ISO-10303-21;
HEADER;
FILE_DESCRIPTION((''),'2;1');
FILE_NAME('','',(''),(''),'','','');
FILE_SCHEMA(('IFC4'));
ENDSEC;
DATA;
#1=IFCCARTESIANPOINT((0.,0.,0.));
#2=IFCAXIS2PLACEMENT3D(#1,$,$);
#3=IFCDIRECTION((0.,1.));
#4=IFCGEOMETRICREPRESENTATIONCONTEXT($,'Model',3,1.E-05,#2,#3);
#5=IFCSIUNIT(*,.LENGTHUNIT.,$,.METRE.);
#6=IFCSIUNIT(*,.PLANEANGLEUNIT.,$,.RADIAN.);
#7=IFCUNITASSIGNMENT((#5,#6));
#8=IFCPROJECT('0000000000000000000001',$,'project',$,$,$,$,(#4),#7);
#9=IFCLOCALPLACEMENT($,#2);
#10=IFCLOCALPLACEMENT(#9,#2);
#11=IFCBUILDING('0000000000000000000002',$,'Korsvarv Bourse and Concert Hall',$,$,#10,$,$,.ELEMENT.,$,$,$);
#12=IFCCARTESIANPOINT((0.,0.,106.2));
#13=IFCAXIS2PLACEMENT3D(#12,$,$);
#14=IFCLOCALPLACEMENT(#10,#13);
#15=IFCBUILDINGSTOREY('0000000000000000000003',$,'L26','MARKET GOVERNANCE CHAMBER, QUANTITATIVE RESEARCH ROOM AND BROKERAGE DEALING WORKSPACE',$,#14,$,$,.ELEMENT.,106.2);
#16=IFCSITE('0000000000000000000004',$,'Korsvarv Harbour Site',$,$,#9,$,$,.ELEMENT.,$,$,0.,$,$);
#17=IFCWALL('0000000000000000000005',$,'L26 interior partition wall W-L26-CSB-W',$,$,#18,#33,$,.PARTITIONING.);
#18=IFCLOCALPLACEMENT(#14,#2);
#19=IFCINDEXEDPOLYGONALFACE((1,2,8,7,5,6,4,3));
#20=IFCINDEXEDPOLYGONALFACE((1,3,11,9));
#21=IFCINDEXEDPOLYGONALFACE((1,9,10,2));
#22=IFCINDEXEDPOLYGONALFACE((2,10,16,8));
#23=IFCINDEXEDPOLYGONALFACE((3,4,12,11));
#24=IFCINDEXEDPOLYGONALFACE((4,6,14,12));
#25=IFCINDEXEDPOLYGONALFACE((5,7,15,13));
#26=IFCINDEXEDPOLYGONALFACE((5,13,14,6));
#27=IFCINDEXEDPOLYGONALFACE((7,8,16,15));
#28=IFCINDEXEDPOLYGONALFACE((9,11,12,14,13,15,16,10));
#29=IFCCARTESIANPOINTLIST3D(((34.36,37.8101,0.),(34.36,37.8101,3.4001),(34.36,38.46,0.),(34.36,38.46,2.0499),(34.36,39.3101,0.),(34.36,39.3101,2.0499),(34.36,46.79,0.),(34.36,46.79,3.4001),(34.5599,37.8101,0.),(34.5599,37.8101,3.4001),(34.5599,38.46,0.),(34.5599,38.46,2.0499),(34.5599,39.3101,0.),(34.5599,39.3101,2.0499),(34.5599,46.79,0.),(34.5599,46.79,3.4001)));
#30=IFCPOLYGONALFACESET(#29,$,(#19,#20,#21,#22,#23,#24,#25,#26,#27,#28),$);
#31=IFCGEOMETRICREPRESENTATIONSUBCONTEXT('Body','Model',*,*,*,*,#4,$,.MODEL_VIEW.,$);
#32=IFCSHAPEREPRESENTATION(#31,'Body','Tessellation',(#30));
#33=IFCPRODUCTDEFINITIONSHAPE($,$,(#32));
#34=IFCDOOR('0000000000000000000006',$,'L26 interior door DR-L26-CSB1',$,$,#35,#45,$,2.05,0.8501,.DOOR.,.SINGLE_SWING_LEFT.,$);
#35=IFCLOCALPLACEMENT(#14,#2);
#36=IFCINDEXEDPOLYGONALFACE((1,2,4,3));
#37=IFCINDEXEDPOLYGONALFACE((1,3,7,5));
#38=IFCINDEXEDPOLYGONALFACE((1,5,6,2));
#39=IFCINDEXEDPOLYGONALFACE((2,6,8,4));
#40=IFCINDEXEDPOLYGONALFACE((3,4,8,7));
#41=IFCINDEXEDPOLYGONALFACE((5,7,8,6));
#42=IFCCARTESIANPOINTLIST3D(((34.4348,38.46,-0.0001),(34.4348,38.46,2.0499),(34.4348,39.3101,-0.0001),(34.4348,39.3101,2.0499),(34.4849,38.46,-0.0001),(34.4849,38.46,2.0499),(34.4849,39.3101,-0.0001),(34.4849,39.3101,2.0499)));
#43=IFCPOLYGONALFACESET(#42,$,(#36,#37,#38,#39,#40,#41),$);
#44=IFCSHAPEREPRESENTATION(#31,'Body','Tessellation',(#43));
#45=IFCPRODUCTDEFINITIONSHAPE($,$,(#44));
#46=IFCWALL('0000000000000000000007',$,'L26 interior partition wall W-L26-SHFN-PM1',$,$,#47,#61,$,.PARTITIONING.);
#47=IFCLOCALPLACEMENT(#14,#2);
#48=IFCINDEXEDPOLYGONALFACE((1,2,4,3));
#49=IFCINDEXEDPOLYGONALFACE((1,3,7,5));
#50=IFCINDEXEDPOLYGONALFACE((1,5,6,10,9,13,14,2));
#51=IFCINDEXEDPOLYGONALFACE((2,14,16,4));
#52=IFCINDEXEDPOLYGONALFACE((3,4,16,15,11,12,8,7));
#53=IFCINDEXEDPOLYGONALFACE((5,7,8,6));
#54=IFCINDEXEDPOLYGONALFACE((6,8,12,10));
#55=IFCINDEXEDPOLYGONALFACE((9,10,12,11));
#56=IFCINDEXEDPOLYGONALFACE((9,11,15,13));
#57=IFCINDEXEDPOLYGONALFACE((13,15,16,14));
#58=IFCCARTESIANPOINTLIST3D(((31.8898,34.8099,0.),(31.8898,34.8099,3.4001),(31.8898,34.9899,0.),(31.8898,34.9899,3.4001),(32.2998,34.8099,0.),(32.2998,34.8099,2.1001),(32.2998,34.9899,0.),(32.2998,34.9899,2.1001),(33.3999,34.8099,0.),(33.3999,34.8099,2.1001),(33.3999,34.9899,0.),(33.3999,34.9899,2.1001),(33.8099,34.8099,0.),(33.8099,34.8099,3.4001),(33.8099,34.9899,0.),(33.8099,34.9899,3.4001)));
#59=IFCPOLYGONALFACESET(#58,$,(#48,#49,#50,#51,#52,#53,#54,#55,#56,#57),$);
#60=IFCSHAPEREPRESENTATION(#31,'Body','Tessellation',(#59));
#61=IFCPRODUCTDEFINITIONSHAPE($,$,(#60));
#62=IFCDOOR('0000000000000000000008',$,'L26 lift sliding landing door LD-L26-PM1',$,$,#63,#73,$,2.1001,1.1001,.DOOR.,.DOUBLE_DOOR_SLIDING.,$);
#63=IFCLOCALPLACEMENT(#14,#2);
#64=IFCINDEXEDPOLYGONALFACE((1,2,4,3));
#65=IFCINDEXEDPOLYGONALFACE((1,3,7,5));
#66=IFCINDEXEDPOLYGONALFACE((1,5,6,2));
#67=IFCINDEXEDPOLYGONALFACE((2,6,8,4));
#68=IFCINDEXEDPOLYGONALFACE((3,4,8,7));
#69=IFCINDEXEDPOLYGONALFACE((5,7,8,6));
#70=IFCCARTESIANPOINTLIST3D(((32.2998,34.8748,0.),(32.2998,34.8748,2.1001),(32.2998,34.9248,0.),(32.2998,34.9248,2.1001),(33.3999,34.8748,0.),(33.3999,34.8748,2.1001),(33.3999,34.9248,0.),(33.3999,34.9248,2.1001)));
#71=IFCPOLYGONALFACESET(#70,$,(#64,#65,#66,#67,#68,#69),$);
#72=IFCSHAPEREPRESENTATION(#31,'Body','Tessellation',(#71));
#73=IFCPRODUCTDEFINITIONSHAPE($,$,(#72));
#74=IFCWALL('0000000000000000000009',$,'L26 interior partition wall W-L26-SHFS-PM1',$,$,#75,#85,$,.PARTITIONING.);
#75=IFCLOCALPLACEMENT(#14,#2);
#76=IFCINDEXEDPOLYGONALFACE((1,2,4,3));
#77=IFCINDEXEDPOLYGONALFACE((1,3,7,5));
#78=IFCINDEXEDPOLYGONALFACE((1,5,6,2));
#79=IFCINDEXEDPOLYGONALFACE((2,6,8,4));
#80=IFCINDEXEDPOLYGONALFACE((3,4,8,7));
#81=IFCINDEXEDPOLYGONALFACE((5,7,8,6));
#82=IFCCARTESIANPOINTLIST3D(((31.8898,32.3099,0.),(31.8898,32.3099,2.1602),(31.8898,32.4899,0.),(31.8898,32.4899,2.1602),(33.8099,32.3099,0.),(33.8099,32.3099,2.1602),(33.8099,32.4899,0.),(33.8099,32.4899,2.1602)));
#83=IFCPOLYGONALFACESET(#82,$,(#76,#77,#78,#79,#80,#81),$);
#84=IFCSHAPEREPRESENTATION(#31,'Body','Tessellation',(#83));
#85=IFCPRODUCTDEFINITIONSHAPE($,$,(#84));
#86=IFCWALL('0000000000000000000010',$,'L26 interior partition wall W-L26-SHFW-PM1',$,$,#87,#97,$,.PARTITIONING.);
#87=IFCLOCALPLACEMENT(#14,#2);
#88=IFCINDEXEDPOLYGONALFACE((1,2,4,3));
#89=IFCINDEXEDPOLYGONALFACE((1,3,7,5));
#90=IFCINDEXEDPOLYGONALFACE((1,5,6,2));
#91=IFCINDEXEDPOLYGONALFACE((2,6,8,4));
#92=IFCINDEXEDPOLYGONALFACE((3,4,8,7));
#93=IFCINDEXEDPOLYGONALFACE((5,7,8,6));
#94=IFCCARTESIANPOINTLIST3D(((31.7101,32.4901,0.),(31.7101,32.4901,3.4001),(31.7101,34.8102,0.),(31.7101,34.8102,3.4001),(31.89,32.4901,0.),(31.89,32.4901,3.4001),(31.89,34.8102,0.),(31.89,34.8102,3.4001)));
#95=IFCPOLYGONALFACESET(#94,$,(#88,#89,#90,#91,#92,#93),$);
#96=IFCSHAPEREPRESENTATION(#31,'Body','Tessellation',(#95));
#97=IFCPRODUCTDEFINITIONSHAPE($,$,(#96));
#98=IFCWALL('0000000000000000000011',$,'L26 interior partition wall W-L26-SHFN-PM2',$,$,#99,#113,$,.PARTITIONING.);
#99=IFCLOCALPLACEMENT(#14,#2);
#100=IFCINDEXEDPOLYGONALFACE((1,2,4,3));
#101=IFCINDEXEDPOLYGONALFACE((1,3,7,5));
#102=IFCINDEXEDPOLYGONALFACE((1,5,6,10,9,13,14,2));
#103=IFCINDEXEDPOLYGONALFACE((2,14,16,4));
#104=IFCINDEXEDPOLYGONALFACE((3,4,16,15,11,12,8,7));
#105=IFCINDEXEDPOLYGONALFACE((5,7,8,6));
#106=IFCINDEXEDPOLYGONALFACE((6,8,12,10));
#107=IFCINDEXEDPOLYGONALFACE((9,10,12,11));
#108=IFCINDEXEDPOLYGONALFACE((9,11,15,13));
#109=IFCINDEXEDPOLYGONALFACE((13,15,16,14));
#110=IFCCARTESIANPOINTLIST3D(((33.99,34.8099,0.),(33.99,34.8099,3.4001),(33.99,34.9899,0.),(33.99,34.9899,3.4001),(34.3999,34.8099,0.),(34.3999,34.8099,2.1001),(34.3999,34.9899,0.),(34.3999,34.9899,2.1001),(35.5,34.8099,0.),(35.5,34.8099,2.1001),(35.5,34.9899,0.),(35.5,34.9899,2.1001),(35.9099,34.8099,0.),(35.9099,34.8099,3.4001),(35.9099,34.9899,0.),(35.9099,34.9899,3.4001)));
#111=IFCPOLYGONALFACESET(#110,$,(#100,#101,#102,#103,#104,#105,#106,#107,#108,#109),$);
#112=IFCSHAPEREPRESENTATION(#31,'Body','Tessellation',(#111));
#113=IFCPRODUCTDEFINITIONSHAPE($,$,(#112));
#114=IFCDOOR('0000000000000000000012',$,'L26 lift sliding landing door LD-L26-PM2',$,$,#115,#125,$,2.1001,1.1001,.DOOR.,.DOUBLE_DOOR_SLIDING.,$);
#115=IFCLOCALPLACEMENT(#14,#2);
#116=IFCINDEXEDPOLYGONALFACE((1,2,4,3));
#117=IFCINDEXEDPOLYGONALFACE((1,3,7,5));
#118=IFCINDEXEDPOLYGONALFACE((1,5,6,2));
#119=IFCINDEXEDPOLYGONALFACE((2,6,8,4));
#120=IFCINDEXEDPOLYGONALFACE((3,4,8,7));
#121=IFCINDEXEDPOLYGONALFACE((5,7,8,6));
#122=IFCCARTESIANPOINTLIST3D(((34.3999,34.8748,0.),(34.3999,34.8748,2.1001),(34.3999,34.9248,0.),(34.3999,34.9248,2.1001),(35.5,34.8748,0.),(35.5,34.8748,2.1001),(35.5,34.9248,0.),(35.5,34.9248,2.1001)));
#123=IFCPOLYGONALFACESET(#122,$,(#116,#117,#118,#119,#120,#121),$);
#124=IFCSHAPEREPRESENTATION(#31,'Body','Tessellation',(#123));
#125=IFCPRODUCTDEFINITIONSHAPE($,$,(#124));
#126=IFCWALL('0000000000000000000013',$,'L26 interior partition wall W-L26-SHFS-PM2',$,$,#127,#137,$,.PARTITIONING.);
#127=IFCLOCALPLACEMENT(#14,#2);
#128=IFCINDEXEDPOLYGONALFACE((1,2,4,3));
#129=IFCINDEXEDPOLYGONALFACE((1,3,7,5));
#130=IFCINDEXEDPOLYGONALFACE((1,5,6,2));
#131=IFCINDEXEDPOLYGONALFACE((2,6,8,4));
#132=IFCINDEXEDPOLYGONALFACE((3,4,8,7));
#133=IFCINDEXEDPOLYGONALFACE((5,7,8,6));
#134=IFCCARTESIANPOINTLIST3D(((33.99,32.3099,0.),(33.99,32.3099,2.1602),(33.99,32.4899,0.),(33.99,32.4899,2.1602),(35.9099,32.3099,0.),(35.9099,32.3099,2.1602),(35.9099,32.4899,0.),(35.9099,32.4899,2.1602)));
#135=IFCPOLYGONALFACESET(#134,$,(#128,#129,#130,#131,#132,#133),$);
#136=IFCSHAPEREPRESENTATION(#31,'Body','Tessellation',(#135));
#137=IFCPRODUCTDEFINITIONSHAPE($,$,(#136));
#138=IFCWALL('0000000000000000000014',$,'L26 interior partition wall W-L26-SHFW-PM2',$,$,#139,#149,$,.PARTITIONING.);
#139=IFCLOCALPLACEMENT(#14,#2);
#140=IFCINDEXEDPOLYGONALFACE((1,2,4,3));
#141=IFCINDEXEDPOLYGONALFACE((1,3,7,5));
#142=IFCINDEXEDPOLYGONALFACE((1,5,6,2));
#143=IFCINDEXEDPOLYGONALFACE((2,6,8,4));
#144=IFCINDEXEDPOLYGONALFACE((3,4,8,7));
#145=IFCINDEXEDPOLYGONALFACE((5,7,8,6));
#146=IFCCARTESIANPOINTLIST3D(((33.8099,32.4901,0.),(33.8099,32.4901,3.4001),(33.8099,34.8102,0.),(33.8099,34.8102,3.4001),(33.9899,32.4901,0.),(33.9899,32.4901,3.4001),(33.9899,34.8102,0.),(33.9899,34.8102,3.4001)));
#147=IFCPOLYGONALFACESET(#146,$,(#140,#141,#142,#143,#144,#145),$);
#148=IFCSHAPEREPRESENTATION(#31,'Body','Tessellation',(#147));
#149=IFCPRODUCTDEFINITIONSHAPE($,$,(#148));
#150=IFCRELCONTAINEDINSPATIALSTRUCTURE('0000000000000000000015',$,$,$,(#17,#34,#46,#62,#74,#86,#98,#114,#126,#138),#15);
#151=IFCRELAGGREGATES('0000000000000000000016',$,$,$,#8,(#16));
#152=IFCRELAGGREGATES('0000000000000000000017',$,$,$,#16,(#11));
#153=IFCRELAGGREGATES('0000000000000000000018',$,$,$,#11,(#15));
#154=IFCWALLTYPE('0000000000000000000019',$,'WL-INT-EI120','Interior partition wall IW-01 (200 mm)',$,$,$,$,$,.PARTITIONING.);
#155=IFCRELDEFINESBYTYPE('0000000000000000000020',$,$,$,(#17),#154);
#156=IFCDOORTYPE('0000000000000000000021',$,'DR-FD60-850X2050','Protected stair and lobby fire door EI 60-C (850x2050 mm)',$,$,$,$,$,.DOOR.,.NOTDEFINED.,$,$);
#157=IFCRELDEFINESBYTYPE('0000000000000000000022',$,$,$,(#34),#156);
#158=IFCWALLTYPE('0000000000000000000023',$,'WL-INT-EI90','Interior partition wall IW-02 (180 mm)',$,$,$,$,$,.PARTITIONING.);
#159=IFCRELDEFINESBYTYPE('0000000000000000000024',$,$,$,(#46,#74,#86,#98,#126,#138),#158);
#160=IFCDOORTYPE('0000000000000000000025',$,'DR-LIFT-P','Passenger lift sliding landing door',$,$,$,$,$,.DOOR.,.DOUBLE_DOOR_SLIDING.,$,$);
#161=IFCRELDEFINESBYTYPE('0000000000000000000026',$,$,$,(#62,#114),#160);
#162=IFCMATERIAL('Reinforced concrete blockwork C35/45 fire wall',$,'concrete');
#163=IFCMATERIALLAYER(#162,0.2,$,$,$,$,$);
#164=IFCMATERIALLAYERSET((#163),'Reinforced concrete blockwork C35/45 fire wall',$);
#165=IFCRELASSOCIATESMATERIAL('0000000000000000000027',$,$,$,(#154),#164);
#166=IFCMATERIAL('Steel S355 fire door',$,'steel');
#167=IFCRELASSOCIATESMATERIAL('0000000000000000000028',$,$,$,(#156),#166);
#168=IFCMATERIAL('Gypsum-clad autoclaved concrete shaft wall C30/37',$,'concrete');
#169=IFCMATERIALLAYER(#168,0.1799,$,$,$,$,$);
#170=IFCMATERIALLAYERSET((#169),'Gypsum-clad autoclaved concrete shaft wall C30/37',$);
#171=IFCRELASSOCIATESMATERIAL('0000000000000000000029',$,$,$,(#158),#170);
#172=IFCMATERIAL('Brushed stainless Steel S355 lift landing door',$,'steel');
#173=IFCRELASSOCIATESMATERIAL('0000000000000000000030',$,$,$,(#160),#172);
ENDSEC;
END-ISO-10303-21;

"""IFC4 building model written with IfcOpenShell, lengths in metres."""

from ifc_helpers import new_model, si_unit, direction, frame, frame_2d, origin, place, context, subcontext, project, spatial, rectangle, extrude, material, layer, layer_set, type_object, element, fill, save


model = new_model("IFC4")

# Units and contexts
model_context = context("Model", 3, precision=1e-05, world=origin(), true_north=direction((0.0, 1.0)))
body_context = subcontext(model_context, "Body", "Model", "MODEL_VIEW")
ifc_project = project(units=[si_unit("LENGTHUNIT", "METRE"), si_unit("PLANEANGLEUNIT", "RADIAN")], contexts=[model_context])

# Site, building, storey
site_placement = place(None, origin())
site = spatial("IfcSite", under=ifc_project, at=site_placement, Name="Korsvarv Harbour Site", CompositionType="ELEMENT", RefElevation=0.0)
building_placement = place(site_placement, origin())
building = spatial("IfcBuilding", under=site, at=building_placement, Name="Korsvarv Bourse and Concert Hall", CompositionType="ELEMENT")
storey_placement = place(building_placement, frame((0.0, 0.0, 106.2)))
storey = spatial("IfcBuildingStorey", under=building, at=storey_placement, Name="L26", Description="MARKET GOVERNANCE CHAMBER, QUANTITATIVE RESEARCH ROOM AND BROKERAGE DEALING WORKSPACE", CompositionType="ELEMENT", Elevation=106.2)

# Shared definitions
ifc_material_1 = material(Name="Steel S355 fire door", Category="steel")

# Walls, openings, doors
ifc_material_2 = material(Name="Reinforced concrete blockwork C35/45 fire wall", Category="concrete")
ifc_layer_1 = layer(ifc_material_2, 0.2)
ifc_layer_set_1 = layer_set([ifc_layer_1], Name="Reinforced concrete blockwork C35/45 fire wall")
wall_type_1 = type_object("IfcWallType", Name="WL-INT-EI120", Description="Interior partition wall IW-01 (200 mm)", PredefinedType="PARTITIONING", material=ifc_layer_set_1)
wall_1_placement = place(storey_placement, frame((34.46, 37.8101, 0.0), z_axis=(0.0, 0.0, 1.0), x_axis=(0.0, 1.0, 0.0)))
wall_1 = element("IfcWall", 1, at=wall_1_placement, inside=storey, type_object=wall_type_1, Name="L26 interior partition wall W-L26-CSB-W", PredefinedType="PARTITIONING", context=body_context, shape_type="SweptSolid", body=[
    extrude(rectangle(XDim=8.98, YDim=0.2, at=frame_2d((4.49, 0.0))), origin(), (0.0, 0.0, 1.0), 3.4001),
])
opening_1_placement = place(wall_1_placement, frame((0.6499, 0.0, 0.0)))
opening_1 = element("IfcOpeningElement", 2, at=opening_1_placement, cuts=wall_1, PredefinedType="OPENING", context=body_context, shape_type="SweptSolid", body=[
    extrude(rectangle(XDim=0.8501, YDim=2.05, at=frame_2d((0.425, 1.0249))), frame((0.0, 0.1099, 0.0), z_axis=(0.0, -1.0, 0.0), x_axis=(1.0, 0.0, 0.0)), (0.0, 0.0, 1.0), 0.22),
])
door_type_1 = type_object("IfcDoorType", Name="DR-FD60-850X2050", Description="Protected stair and lobby fire door EI 60-C (850x2050 mm)", OperationType="NOTDEFINED", PredefinedType="DOOR", material=ifc_material_1)
door_1_placement = place(opening_1_placement, frame((0.8501, 0.0, 0.0), z_axis=(0.0, 0.0, 1.0), x_axis=(-1.0, 0.0, 0.0)))
door_1 = element("IfcDoor", 3, at=door_1_placement, inside=storey, type_object=door_type_1, Name="L26 interior door DR-L26-CSB1", OperationType="SINGLE_SWING_LEFT", OverallHeight=2.05, OverallWidth=0.8501, PredefinedType="DOOR", context=body_context, shape_type="SweptSolid", body=[
    extrude(rectangle(XDim=0.8501, YDim=2.05, at=frame_2d((0.425, 1.0249))), frame((0.0, 0.0249, 0.0), z_axis=(0.0, -1.0, 0.0), x_axis=(1.0, 0.0, 0.0)), (0.0, 0.0, 1.0), 0.05),
])
fill(opening_1, door_1)
ifc_material_3 = material(Name="Gypsum-clad autoclaved concrete shaft wall C30/37", Category="concrete")
ifc_layer_2 = layer(ifc_material_3, 0.1799)
ifc_layer_set_2 = layer_set([ifc_layer_2], Name="Gypsum-clad autoclaved concrete shaft wall C30/37")
wall_type_2 = type_object("IfcWallType", Name="WL-INT-EI90", Description="Interior partition wall IW-02 (180 mm)", PredefinedType="PARTITIONING", material=ifc_layer_set_2)
wall_2_placement = place(storey_placement, frame((31.8899, 34.8999, 0.0), z_axis=(0.0, 0.0, 1.0), x_axis=(1.0, 0.0, 0.0)))
wall_2 = element("IfcWall", 4, at=wall_2_placement, inside=storey, type_object=wall_type_2, Name="L26 interior partition wall W-L26-SHFN-PM1", PredefinedType="PARTITIONING", context=body_context, shape_type="SweptSolid", body=[
    extrude(rectangle(XDim=1.9202, YDim=0.1799, at=frame_2d((0.96, 0.0))), origin(), (0.0, 0.0, 1.0), 3.4001),
])
opening_2_placement = place(wall_2_placement, frame((0.4099, 0.0, 0.0)))
opening_2 = element("IfcOpeningElement", 5, at=opening_2_placement, cuts=wall_2, PredefinedType="OPENING", context=body_context, shape_type="SweptSolid", body=[
    extrude(rectangle(XDim=1.1001, YDim=2.1001, at=frame_2d((0.55, 1.05))), frame((0.0, 0.1001, 0.0), z_axis=(0.0, -1.0, 0.0), x_axis=(1.0, 0.0, 0.0)), (0.0, 0.0, 1.0), 0.2),
])
ifc_material_4 = material(Name="Brushed stainless Steel S355 lift landing door", Category="steel")
door_type_2 = type_object("IfcDoorType", Name="DR-LIFT-P", Description="Passenger lift sliding landing door", OperationType="DOUBLE_DOOR_SLIDING", PredefinedType="DOOR", material=ifc_material_4)
door_2_placement = place(opening_2_placement, origin())
door_2 = element("IfcDoor", 6, at=door_2_placement, inside=storey, type_object=door_type_2, Name="L26 lift sliding landing door LD-L26-PM1", OperationType="DOUBLE_DOOR_SLIDING", OverallHeight=2.1001, OverallWidth=1.1001, PredefinedType="DOOR", context=body_context, shape_type="SweptSolid", body=[
    extrude(rectangle(XDim=1.1001, YDim=2.1001, at=frame_2d((0.55, 1.05))), frame((0.0, 0.0249, 0.0), z_axis=(0.0, -1.0, 0.0), x_axis=(1.0, 0.0, 0.0)), (0.0, 0.0, 1.0), 0.05),
])
fill(opening_2, door_2)

# Walls
wall_3_placement = place(storey_placement, frame((31.8899, 32.3999, 0.0), z_axis=(0.0, 0.0, 1.0), x_axis=(1.0, 0.0, 0.0)))
element("IfcWall", 7, at=wall_3_placement, inside=storey, type_object=wall_type_2, Name="L26 interior partition wall W-L26-SHFS-PM1", PredefinedType="PARTITIONING", context=body_context, shape_type="SweptSolid", body=[
    extrude(rectangle(XDim=1.9202, YDim=0.1799, at=frame_2d((0.96, 0.0))), origin(), (0.0, 0.0, 1.0), 2.1602),
])
wall_4_placement = place(storey_placement, frame((31.8, 32.49, 0.0), z_axis=(0.0, 0.0, 1.0), x_axis=(0.0, 1.0, 0.0)))
element("IfcWall", 8, at=wall_4_placement, inside=storey, type_object=wall_type_2, Name="L26 interior partition wall W-L26-SHFW-PM1", PredefinedType="PARTITIONING", context=body_context, shape_type="SweptSolid", body=[
    extrude(rectangle(XDim=2.3201, YDim=0.1799, at=frame_2d((1.1602, 0.0))), origin(), (0.0, 0.0, 1.0), 3.4001),
])

# Wall, opening, door
wall_5_placement = place(storey_placement, frame((33.99, 34.8999, 0.0), z_axis=(0.0, 0.0, 1.0), x_axis=(1.0, 0.0, 0.0)))
wall_5 = element("IfcWall", 9, at=wall_5_placement, inside=storey, type_object=wall_type_2, Name="L26 interior partition wall W-L26-SHFN-PM2", PredefinedType="PARTITIONING", context=body_context, shape_type="SweptSolid", body=[
    extrude(rectangle(XDim=1.9199, YDim=0.1799, at=frame_2d((0.96, 0.0))), origin(), (0.0, 0.0, 1.0), 3.4001),
])
opening_3_placement = place(wall_5_placement, frame((0.4099, 0.0, 0.0)))
opening_3 = element("IfcOpeningElement", 10, at=opening_3_placement, cuts=wall_5, PredefinedType="OPENING", context=body_context, shape_type="SweptSolid", body=[
    extrude(rectangle(XDim=1.1001, YDim=2.1001, at=frame_2d((0.55, 1.05))), frame((0.0, 0.1001, 0.0), z_axis=(0.0, -1.0, 0.0), x_axis=(1.0, 0.0, 0.0)), (0.0, 0.0, 1.0), 0.2),
])
door_3_placement = place(opening_3_placement, origin())
door_3 = element("IfcDoor", 11, at=door_3_placement, inside=storey, type_object=door_type_2, Name="L26 lift sliding landing door LD-L26-PM2", OperationType="DOUBLE_DOOR_SLIDING", OverallHeight=2.1001, OverallWidth=1.1001, PredefinedType="DOOR", context=body_context, shape_type="SweptSolid", body=[
    extrude(rectangle(XDim=1.1001, YDim=2.1001, at=frame_2d((0.55, 1.05))), frame((0.0, 0.0249, 0.0), z_axis=(0.0, -1.0, 0.0), x_axis=(1.0, 0.0, 0.0)), (0.0, 0.0, 1.0), 0.05),
])
fill(opening_3, door_3)

# Walls
wall_6_placement = place(storey_placement, frame((33.99, 32.3999, 0.0), z_axis=(0.0, 0.0, 1.0), x_axis=(1.0, 0.0, 0.0)))
element("IfcWall", 12, at=wall_6_placement, inside=storey, type_object=wall_type_2, Name="L26 interior partition wall W-L26-SHFS-PM2", PredefinedType="PARTITIONING", context=body_context, shape_type="SweptSolid", body=[
    extrude(rectangle(XDim=1.9199, YDim=0.1799, at=frame_2d((0.96, 0.0))), origin(), (0.0, 0.0, 1.0), 2.1602),
])
wall_7_placement = place(storey_placement, frame((33.8999, 32.49, 0.0), z_axis=(0.0, 0.0, 1.0), x_axis=(0.0, 1.0, 0.0)))
element("IfcWall", 13, at=wall_7_placement, inside=storey, type_object=wall_type_2, Name="L26 interior partition wall W-L26-SHFW-PM2", PredefinedType="PARTITIONING", context=body_context, shape_type="SweptSolid", body=[
    extrude(rectangle(XDim=2.3201, YDim=0.1799, at=frame_2d((1.1602, 0.0))), origin(), (0.0, 0.0, 1.0), 3.4001),
])

save(model, "model.ifc")
